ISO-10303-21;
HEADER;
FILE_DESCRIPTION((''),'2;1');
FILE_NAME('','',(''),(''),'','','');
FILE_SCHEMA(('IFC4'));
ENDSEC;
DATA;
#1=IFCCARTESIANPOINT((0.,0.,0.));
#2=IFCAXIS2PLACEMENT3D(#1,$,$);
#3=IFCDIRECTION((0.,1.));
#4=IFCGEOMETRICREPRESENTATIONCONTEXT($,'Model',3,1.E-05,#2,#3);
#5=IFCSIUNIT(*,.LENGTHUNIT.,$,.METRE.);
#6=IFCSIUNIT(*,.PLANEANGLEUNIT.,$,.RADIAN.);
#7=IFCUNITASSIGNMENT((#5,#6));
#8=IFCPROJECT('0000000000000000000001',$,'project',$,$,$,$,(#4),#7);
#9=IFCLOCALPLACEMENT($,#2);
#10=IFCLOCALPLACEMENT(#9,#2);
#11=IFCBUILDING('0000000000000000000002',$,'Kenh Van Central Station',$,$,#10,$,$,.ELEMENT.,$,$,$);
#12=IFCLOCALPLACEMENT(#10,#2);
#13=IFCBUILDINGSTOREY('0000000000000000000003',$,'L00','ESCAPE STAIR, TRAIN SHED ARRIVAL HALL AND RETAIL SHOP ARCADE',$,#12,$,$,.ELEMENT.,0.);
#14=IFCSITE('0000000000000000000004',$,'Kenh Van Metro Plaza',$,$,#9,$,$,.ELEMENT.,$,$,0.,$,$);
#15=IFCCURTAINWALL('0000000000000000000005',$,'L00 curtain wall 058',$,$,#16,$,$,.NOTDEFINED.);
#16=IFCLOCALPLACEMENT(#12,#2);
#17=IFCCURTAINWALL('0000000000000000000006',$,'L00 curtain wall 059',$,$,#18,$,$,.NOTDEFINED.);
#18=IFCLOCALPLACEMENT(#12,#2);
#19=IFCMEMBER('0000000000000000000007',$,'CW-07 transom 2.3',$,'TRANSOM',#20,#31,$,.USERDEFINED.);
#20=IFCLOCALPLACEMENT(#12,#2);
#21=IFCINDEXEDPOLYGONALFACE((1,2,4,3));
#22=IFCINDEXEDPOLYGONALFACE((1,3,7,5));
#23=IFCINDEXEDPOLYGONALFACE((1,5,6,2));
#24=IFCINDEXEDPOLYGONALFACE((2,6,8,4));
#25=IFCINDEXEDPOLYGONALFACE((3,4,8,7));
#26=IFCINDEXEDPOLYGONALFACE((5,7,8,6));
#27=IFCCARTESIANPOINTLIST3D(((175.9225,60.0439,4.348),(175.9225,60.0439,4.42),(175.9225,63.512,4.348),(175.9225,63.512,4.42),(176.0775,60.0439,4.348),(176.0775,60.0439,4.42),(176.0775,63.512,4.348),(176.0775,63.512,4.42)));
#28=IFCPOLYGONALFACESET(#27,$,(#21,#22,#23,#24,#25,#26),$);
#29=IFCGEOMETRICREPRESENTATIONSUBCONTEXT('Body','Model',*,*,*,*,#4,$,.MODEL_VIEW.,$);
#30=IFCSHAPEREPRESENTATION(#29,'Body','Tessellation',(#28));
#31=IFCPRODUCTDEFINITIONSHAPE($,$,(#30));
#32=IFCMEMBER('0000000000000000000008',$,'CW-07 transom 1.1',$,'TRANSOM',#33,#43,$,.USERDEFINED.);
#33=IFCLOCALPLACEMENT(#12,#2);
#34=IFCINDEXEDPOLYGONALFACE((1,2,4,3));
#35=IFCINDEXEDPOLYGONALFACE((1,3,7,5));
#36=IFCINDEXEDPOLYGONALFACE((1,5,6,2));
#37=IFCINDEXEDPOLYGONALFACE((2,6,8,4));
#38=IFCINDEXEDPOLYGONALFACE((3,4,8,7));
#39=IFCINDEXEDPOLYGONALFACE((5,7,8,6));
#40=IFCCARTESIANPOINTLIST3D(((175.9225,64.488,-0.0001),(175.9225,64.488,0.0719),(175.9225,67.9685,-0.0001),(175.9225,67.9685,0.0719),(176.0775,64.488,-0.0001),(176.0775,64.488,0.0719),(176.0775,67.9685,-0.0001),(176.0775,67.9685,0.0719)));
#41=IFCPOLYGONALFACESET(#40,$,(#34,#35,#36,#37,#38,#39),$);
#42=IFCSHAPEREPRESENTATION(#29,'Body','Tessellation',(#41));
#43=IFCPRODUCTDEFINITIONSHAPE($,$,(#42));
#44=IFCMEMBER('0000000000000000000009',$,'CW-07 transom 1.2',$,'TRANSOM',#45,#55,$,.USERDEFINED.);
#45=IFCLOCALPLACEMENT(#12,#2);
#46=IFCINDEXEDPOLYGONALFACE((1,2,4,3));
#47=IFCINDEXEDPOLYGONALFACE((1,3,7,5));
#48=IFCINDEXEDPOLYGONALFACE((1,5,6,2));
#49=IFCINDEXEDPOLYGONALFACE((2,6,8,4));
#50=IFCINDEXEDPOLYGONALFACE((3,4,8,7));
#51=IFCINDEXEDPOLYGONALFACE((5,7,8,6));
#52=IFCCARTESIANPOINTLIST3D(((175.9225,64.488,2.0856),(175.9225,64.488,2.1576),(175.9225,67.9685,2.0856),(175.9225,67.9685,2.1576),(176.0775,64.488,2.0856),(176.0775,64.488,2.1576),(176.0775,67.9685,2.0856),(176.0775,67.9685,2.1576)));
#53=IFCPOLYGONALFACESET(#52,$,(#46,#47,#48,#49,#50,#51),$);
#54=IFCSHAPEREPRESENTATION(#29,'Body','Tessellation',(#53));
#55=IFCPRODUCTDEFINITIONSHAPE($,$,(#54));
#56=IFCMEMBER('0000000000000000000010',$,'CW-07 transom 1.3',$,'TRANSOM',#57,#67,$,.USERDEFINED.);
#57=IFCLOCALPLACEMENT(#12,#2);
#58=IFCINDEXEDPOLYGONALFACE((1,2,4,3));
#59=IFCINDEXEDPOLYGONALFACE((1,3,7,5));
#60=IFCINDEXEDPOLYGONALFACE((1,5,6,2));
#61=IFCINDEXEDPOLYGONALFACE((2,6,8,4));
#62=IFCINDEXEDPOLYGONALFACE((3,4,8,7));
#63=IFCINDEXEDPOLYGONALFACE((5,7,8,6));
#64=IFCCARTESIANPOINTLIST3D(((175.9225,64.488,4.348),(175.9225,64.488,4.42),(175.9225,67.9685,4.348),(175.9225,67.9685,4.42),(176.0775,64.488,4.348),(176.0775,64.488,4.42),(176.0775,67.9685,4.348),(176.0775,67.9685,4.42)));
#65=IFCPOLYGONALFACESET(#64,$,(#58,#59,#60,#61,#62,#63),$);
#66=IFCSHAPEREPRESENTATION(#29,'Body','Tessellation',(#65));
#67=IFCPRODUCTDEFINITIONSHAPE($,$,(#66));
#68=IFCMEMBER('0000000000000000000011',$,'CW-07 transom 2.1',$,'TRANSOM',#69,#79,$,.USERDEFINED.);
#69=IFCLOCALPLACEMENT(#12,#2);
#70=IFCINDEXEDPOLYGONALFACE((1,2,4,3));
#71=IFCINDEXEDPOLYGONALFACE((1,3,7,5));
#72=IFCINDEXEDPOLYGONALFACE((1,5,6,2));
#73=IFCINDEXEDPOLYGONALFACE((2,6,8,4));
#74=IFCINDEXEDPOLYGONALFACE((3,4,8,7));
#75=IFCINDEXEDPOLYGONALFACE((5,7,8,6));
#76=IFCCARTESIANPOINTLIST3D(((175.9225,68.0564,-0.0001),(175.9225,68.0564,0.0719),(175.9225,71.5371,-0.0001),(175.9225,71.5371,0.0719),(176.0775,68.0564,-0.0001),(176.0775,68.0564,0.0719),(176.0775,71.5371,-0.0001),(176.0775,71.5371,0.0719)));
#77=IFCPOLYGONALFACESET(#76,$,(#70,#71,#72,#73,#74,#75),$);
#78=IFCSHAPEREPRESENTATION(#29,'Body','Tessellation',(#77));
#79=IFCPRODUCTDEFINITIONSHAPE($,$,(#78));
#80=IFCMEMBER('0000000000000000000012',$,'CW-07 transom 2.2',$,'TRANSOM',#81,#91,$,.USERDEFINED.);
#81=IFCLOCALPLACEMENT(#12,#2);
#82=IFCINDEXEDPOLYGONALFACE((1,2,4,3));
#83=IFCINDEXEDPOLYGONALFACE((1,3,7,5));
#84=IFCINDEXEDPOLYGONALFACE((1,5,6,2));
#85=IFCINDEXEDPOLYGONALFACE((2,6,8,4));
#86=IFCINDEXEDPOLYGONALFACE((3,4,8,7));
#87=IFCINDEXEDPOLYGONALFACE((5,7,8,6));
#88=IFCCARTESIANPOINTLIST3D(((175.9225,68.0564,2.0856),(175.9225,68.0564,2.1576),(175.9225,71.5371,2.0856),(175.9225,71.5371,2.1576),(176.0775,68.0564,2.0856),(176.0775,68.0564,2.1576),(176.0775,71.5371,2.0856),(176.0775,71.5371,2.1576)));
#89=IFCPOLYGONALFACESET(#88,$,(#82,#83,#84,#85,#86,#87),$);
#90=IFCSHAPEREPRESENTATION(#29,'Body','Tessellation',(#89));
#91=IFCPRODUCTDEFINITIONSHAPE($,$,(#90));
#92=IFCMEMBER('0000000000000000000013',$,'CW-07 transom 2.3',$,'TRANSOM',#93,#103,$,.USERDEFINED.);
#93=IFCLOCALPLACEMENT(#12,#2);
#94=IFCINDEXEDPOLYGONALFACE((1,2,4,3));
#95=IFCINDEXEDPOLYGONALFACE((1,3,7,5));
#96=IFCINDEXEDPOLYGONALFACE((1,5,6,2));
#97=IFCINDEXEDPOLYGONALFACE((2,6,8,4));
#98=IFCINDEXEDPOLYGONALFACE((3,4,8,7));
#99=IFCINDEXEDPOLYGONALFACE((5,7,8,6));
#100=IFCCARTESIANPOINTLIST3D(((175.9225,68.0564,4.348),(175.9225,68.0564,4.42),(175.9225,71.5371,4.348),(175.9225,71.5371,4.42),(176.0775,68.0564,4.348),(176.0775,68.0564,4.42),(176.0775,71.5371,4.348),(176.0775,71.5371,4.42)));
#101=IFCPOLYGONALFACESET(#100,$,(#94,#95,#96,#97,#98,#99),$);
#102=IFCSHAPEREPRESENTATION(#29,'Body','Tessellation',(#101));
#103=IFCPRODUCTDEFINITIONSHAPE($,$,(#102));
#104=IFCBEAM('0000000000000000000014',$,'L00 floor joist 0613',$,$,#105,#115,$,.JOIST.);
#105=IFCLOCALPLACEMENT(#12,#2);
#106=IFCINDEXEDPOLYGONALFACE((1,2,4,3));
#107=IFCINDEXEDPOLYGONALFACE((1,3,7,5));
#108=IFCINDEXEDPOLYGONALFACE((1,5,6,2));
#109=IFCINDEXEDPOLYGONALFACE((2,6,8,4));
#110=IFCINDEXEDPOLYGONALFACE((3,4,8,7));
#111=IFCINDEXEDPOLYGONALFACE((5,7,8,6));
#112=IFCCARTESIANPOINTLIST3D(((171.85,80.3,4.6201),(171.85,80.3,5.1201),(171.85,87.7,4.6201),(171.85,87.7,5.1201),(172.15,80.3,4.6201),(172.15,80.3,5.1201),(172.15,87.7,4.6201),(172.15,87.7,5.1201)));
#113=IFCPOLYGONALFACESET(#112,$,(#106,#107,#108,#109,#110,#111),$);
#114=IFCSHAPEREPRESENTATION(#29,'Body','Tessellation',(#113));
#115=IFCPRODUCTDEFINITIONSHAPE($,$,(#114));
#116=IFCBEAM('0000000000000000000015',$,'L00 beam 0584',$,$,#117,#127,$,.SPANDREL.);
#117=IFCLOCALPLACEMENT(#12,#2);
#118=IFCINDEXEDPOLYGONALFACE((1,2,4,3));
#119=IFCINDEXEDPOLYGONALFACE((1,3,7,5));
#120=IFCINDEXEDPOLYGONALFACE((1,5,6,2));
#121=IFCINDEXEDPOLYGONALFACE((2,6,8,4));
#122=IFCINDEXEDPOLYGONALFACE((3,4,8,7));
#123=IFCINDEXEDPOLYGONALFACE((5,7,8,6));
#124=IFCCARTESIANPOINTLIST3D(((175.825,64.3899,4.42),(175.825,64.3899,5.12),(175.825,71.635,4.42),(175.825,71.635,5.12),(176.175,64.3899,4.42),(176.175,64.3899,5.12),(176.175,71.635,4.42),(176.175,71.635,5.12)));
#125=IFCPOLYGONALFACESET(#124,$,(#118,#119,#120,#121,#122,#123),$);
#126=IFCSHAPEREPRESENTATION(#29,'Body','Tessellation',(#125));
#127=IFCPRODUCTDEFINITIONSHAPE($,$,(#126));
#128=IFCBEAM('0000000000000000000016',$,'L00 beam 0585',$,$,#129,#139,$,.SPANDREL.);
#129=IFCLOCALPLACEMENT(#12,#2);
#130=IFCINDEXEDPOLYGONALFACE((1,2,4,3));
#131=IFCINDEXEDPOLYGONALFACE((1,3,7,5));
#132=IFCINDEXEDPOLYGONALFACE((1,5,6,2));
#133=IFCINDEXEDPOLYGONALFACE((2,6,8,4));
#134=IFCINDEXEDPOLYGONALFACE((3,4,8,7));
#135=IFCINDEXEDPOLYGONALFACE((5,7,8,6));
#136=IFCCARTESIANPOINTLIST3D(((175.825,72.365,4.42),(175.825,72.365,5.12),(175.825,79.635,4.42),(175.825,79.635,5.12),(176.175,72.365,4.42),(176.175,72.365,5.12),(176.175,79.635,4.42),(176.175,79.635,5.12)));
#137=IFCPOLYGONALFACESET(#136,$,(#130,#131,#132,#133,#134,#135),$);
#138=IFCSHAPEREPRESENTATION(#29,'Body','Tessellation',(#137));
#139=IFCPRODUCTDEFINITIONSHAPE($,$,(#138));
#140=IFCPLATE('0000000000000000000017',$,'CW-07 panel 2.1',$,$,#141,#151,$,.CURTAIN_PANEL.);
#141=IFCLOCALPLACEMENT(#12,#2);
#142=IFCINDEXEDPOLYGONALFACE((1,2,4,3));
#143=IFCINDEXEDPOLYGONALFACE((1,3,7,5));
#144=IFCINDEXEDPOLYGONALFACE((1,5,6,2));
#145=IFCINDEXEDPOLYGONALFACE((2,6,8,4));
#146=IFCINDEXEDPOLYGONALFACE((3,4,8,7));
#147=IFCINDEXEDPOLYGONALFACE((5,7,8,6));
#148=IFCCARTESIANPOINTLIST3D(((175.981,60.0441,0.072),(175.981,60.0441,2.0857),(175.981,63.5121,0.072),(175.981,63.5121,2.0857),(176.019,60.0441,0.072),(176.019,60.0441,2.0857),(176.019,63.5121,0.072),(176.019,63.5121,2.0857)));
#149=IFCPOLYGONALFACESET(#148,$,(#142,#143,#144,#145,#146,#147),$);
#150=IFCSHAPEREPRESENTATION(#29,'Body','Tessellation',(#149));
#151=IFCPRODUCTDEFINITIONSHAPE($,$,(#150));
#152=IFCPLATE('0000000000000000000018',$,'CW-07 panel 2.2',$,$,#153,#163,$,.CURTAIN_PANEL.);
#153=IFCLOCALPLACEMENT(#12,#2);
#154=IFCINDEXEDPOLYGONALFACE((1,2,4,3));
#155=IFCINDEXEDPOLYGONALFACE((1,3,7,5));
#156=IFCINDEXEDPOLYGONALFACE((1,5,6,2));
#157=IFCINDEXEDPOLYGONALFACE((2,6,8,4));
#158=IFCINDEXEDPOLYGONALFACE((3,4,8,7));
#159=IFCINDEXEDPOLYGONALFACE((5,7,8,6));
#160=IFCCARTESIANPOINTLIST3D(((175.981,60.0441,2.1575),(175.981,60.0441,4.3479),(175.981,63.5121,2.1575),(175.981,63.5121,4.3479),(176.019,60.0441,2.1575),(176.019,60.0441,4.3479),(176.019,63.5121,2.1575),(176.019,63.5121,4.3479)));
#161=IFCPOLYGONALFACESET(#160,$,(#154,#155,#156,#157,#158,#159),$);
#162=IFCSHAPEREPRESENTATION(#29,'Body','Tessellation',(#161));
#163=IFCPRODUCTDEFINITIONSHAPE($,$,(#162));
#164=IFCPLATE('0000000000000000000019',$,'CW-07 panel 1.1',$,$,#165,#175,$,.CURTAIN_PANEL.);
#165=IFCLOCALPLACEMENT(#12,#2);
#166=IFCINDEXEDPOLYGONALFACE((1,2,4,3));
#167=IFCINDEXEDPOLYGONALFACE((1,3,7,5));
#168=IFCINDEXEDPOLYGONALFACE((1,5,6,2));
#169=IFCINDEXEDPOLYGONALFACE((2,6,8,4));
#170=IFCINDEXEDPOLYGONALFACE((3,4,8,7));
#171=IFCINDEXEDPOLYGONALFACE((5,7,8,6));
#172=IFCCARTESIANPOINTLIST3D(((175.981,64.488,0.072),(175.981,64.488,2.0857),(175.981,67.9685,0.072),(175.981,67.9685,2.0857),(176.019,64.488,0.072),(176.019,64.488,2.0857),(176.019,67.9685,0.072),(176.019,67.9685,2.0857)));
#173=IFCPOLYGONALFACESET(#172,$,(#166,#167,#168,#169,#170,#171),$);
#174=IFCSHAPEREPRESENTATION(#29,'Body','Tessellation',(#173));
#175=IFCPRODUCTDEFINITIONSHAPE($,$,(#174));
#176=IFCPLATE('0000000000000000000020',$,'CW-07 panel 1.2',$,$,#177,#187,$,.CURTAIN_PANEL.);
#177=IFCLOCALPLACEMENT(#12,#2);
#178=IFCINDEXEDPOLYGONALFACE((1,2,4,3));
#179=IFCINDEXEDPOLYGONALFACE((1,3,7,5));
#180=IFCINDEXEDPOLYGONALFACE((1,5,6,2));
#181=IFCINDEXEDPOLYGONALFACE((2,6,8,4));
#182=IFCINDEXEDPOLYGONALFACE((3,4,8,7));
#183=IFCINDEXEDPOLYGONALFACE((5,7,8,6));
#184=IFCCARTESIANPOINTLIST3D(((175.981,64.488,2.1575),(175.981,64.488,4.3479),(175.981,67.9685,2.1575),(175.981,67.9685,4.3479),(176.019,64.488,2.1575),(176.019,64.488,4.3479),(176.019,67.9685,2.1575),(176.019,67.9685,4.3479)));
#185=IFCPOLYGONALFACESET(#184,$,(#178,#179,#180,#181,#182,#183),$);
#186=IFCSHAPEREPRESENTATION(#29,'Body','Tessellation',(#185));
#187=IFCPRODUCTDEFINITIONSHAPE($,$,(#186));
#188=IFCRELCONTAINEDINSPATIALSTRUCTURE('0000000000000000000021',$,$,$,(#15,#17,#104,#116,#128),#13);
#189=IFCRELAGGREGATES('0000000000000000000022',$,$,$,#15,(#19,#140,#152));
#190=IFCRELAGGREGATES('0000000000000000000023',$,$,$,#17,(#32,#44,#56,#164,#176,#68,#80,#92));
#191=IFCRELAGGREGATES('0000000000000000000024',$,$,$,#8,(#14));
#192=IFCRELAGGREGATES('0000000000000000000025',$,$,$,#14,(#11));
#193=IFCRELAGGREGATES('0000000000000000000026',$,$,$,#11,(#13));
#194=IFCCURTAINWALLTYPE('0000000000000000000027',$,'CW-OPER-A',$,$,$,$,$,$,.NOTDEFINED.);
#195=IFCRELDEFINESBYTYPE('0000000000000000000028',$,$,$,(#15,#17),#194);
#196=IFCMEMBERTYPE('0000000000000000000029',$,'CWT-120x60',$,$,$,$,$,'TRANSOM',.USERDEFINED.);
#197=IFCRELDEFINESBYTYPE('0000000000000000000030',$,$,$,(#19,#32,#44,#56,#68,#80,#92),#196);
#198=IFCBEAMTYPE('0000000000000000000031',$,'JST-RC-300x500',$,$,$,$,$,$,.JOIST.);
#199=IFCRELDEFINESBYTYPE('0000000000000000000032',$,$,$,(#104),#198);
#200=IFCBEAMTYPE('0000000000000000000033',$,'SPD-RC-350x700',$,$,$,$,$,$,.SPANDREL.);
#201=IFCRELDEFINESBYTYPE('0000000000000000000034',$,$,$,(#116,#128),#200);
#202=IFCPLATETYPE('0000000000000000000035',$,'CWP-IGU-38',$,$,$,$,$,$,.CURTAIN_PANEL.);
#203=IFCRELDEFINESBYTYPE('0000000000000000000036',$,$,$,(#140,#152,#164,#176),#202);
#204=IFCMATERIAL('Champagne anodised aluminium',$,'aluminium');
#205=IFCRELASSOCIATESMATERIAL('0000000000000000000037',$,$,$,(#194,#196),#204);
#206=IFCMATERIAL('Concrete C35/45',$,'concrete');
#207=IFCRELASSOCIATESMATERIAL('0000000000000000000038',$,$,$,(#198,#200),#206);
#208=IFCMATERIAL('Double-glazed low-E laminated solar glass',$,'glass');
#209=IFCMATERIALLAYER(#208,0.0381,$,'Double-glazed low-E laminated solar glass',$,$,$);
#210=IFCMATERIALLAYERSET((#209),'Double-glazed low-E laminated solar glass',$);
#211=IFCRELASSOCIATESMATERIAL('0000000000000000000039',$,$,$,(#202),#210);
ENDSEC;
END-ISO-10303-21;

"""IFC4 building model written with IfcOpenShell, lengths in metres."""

from ifc_helpers import new_model, si_unit, direction, frame, origin, origin_2d, place, context, subcontext, project, spatial, rectangle, extrude, material, layer, layer_set, material_profile, profile_set, type_object, element, aggregate, save


model = new_model("IFC4")

# Units and contexts
model_context = context("Model", 3, precision=1e-05, world=origin(), true_north=direction((0.0, 1.0)))
body_context = subcontext(model_context, "Body", "Model", "MODEL_VIEW")
ifc_project = project(units=[si_unit("LENGTHUNIT", "METRE"), si_unit("PLANEANGLEUNIT", "RADIAN")], contexts=[model_context])

# Site, building, storey
site_placement = place(None, origin())
site = spatial("IfcSite", under=ifc_project, at=site_placement, Name="Kenh Van Metro Plaza", CompositionType="ELEMENT", RefElevation=0.0)
building_placement = place(site_placement, origin())
building = spatial("IfcBuilding", under=site, at=building_placement, Name="Kenh Van Central Station", CompositionType="ELEMENT")
storey_placement = place(building_placement, origin())
storey = spatial("IfcBuildingStorey", under=building, at=storey_placement, Name="L00", Description="ESCAPE STAIR, TRAIN SHED ARRIVAL HALL AND RETAIL SHOP ARCADE", CompositionType="ELEMENT", Elevation=0.0)

# Shared definitions
ifc_material_1 = material(Name="Concrete C35/45", Category="concrete")

# Curtain walls
ifc_material_2 = material(Name="Champagne anodised aluminium", Category="aluminium")
curtain_wall_type = type_object("IfcCurtainWallType", Name="CW-OPER-A", PredefinedType="NOTDEFINED", material=ifc_material_2)
curtain_wall_1_placement = place(storey_placement, origin())
curtain_wall_1 = element("IfcCurtainWall", 1, at=curtain_wall_1_placement, inside=storey, type_object=curtain_wall_type, Name="L00 curtain wall 058", PredefinedType="NOTDEFINED")
curtain_wall_2_placement = place(storey_placement, origin())
curtain_wall_2 = element("IfcCurtainWall", 2, at=curtain_wall_2_placement, inside=storey, type_object=curtain_wall_type, Name="L00 curtain wall 059", PredefinedType="NOTDEFINED")

# Members
ifc_material_profile_1 = material_profile(ifc_material_2, rectangle(XDim=0.155, YDim=0.072, at=origin_2d()), Name="AL 155x72")
ifc_profile_set_1 = profile_set([ifc_material_profile_1], Name="Champagne anodised aluminium")
member_type_1 = type_object("IfcMemberType", Name="CWT-120x60", ElementType="TRANSOM", PredefinedType="USERDEFINED", material=ifc_profile_set_1)
member_1_placement = place(storey_placement, frame((176.0, 60.0439, 4.384), z_axis=(0.0, 1.0, 0.0), x_axis=(-1.0, 0.0, 0.0)))
member_1 = element("IfcMember", 3, at=member_1_placement, type_object=member_type_1, Name="CW-07 transom 2.3", ObjectType="TRANSOM", PredefinedType="USERDEFINED", context=body_context, shape_type="SweptSolid", body=[
    extrude(rectangle(XDim=0.155, YDim=0.072, at=origin_2d()), origin(), (0.0, 0.0, 1.0), 3.468),
])
member_2_placement = place(storey_placement, frame((176.0, 64.488, 0.0359), z_axis=(0.0, 1.0, 0.0), x_axis=(-1.0, 0.0, 0.0)))
member_2 = element("IfcMember", 4, at=member_2_placement, type_object=member_type_1, Name="CW-07 transom 1.1", ObjectType="TRANSOM", PredefinedType="USERDEFINED", context=body_context, shape_type="SweptSolid", body=[
    extrude(rectangle(XDim=0.155, YDim=0.072, at=origin_2d()), origin(), (0.0, 0.0, 1.0), 3.4805),
])
member_3_placement = place(storey_placement, frame((176.0, 64.488, 2.1216), z_axis=(0.0, 1.0, 0.0), x_axis=(-1.0, 0.0, 0.0)))
member_3 = element("IfcMember", 5, at=member_3_placement, type_object=member_type_1, Name="CW-07 transom 1.2", ObjectType="TRANSOM", PredefinedType="USERDEFINED", context=body_context, shape_type="SweptSolid", body=[
    extrude(rectangle(XDim=0.155, YDim=0.072, at=origin_2d()), origin(), (0.0, 0.0, 1.0), 3.4805),
])
member_4_placement = place(storey_placement, frame((176.0, 64.488, 4.384), z_axis=(0.0, 1.0, 0.0), x_axis=(-1.0, 0.0, 0.0)))
member_4 = element("IfcMember", 6, at=member_4_placement, type_object=member_type_1, Name="CW-07 transom 1.3", ObjectType="TRANSOM", PredefinedType="USERDEFINED", context=body_context, shape_type="SweptSolid", body=[
    extrude(rectangle(XDim=0.155, YDim=0.072, at=origin_2d()), origin(), (0.0, 0.0, 1.0), 3.4805),
])
member_5_placement = place(storey_placement, frame((176.0, 68.0564, 0.0359), z_axis=(0.0, 1.0, 0.0), x_axis=(-1.0, 0.0, 0.0)))
member_5 = element("IfcMember", 7, at=member_5_placement, type_object=member_type_1, Name="CW-07 transom 2.1", ObjectType="TRANSOM", PredefinedType="USERDEFINED", context=body_context, shape_type="SweptSolid", body=[
    extrude(rectangle(XDim=0.155, YDim=0.072, at=origin_2d()), origin(), (0.0, 0.0, 1.0), 3.4807),
])
member_6_placement = place(storey_placement, frame((176.0, 68.0564, 2.1216), z_axis=(0.0, 1.0, 0.0), x_axis=(-1.0, 0.0, 0.0)))
member_6 = element("IfcMember", 8, at=member_6_placement, type_object=member_type_1, Name="CW-07 transom 2.2", ObjectType="TRANSOM", PredefinedType="USERDEFINED", context=body_context, shape_type="SweptSolid", body=[
    extrude(rectangle(XDim=0.155, YDim=0.072, at=origin_2d()), origin(), (0.0, 0.0, 1.0), 3.4807),
])
member_7_placement = place(storey_placement, frame((176.0, 68.0564, 4.384), z_axis=(0.0, 1.0, 0.0), x_axis=(-1.0, 0.0, 0.0)))
member_7 = element("IfcMember", 9, at=member_7_placement, type_object=member_type_1, Name="CW-07 transom 2.3", ObjectType="TRANSOM", PredefinedType="USERDEFINED", context=body_context, shape_type="SweptSolid", body=[
    extrude(rectangle(XDim=0.155, YDim=0.072, at=origin_2d()), origin(), (0.0, 0.0, 1.0), 3.4807),
])

# Beams
ifc_material_profile_2 = material_profile(ifc_material_1, rectangle(XDim=0.3, YDim=0.5, at=origin_2d()), Name="RC 300x500")
ifc_profile_set_2 = profile_set([ifc_material_profile_2], Name="Concrete C35/45")
beam_type_1 = type_object("IfcBeamType", Name="JST-RC-300x500", PredefinedType="JOIST", material=ifc_profile_set_2)
beam_1_placement = place(storey_placement, frame((172.0, 80.3, 4.8701), z_axis=(0.0, 1.0, 0.0), x_axis=(-1.0, 0.0, 0.0)))
element("IfcBeam", 10, at=beam_1_placement, inside=storey, type_object=beam_type_1, Name="L00 floor joist 0613", PredefinedType="JOIST", context=body_context, shape_type="SweptSolid", body=[
    extrude(rectangle(XDim=0.3, YDim=0.5, at=origin_2d()), origin(), (0.0, 0.0, 1.0), 7.3999),
])
ifc_material_profile_3 = material_profile(ifc_material_1, rectangle(XDim=0.3501, YDim=0.7, at=origin_2d()), Name="RC 350x700")
ifc_profile_set_3 = profile_set([ifc_material_profile_3], Name="Concrete C35/45")
beam_type_2 = type_object("IfcBeamType", Name="SPD-RC-350x700", PredefinedType="SPANDREL", material=ifc_profile_set_3)
beam_2_placement = place(storey_placement, frame((176.0, 64.3899, 4.77), z_axis=(0.0, 1.0, 0.0), x_axis=(-1.0, 0.0, 0.0)))
element("IfcBeam", 11, at=beam_2_placement, inside=storey, type_object=beam_type_2, Name="L00 beam 0584", PredefinedType="SPANDREL", context=body_context, shape_type="SweptSolid", body=[
    extrude(rectangle(XDim=0.3501, YDim=0.7, at=origin_2d()), origin(), (0.0, 0.0, 1.0), 7.2451),
])
beam_3_placement = place(storey_placement, frame((176.0, 72.365, 4.77), z_axis=(0.0, 1.0, 0.0), x_axis=(-1.0, 0.0, 0.0)))
element("IfcBeam", 12, at=beam_3_placement, inside=storey, type_object=beam_type_2, Name="L00 beam 0585", PredefinedType="SPANDREL", context=body_context, shape_type="SweptSolid", body=[
    extrude(rectangle(XDim=0.3501, YDim=0.7, at=origin_2d()), origin(), (0.0, 0.0, 1.0), 7.27),
])

# Plates
ifc_material_3 = material(Name="Double-glazed low-E laminated solar glass", Category="glass")
ifc_layer_1 = layer(ifc_material_3, 0.0381, Name="Double-glazed low-E laminated solar glass")
ifc_layer_set_1 = layer_set([ifc_layer_1], Name="Double-glazed low-E laminated solar glass")
plate_type = type_object("IfcPlateType", Name="CWP-IGU-38", PredefinedType="CURTAIN_PANEL", material=ifc_layer_set_1)
plate_1_placement = place(storey_placement, frame((176.0, 61.7781, 0.072), z_axis=(0.0, 0.0, 1.0), x_axis=(0.0, 1.0, 0.0)))
plate_1 = element("IfcPlate", 13, at=plate_1_placement, type_object=plate_type, Name="CW-07 panel 2.1", PredefinedType="CURTAIN_PANEL", context=body_context, shape_type="SweptSolid", body=[
    extrude(rectangle(XDim=3.468, YDim=0.0381, at=origin_2d()), origin(), (0.0, 0.0, 1.0), 2.0137),
])
plate_2_placement = place(storey_placement, frame((176.0, 61.7781, 2.1575), z_axis=(0.0, 0.0, 1.0), x_axis=(0.0, 1.0, 0.0)))
plate_2 = element("IfcPlate", 14, at=plate_2_placement, type_object=plate_type, Name="CW-07 panel 2.2", PredefinedType="CURTAIN_PANEL", context=body_context, shape_type="SweptSolid", body=[
    extrude(rectangle(XDim=3.468, YDim=0.0381, at=origin_2d()), origin(), (0.0, 0.0, 1.0), 2.1904),
])
aggregate(curtain_wall_1, [member_1, plate_1, plate_2])
plate_3_placement = place(storey_placement, frame((176.0, 66.2283, 0.072), z_axis=(0.0, 0.0, 1.0), x_axis=(0.0, 1.0, 0.0)))
plate_3 = element("IfcPlate", 15, at=plate_3_placement, type_object=plate_type, Name="CW-07 panel 1.1", PredefinedType="CURTAIN_PANEL", context=body_context, shape_type="SweptSolid", body=[
    extrude(rectangle(XDim=3.4805, YDim=0.0381, at=origin_2d()), origin(), (0.0, 0.0, 1.0), 2.0137),
])
plate_4_placement = place(storey_placement, frame((176.0, 66.2283, 2.1575), z_axis=(0.0, 0.0, 1.0), x_axis=(0.0, 1.0, 0.0)))
plate_4 = element("IfcPlate", 16, at=plate_4_placement, type_object=plate_type, Name="CW-07 panel 1.2", PredefinedType="CURTAIN_PANEL", context=body_context, shape_type="SweptSolid", body=[
    extrude(rectangle(XDim=3.4805, YDim=0.0381, at=origin_2d()), origin(), (0.0, 0.0, 1.0), 2.1904),
])
aggregate(curtain_wall_2, [member_2, member_3, member_4, plate_3, plate_4, member_5, member_6, member_7])

save(model, "model.ifc")
